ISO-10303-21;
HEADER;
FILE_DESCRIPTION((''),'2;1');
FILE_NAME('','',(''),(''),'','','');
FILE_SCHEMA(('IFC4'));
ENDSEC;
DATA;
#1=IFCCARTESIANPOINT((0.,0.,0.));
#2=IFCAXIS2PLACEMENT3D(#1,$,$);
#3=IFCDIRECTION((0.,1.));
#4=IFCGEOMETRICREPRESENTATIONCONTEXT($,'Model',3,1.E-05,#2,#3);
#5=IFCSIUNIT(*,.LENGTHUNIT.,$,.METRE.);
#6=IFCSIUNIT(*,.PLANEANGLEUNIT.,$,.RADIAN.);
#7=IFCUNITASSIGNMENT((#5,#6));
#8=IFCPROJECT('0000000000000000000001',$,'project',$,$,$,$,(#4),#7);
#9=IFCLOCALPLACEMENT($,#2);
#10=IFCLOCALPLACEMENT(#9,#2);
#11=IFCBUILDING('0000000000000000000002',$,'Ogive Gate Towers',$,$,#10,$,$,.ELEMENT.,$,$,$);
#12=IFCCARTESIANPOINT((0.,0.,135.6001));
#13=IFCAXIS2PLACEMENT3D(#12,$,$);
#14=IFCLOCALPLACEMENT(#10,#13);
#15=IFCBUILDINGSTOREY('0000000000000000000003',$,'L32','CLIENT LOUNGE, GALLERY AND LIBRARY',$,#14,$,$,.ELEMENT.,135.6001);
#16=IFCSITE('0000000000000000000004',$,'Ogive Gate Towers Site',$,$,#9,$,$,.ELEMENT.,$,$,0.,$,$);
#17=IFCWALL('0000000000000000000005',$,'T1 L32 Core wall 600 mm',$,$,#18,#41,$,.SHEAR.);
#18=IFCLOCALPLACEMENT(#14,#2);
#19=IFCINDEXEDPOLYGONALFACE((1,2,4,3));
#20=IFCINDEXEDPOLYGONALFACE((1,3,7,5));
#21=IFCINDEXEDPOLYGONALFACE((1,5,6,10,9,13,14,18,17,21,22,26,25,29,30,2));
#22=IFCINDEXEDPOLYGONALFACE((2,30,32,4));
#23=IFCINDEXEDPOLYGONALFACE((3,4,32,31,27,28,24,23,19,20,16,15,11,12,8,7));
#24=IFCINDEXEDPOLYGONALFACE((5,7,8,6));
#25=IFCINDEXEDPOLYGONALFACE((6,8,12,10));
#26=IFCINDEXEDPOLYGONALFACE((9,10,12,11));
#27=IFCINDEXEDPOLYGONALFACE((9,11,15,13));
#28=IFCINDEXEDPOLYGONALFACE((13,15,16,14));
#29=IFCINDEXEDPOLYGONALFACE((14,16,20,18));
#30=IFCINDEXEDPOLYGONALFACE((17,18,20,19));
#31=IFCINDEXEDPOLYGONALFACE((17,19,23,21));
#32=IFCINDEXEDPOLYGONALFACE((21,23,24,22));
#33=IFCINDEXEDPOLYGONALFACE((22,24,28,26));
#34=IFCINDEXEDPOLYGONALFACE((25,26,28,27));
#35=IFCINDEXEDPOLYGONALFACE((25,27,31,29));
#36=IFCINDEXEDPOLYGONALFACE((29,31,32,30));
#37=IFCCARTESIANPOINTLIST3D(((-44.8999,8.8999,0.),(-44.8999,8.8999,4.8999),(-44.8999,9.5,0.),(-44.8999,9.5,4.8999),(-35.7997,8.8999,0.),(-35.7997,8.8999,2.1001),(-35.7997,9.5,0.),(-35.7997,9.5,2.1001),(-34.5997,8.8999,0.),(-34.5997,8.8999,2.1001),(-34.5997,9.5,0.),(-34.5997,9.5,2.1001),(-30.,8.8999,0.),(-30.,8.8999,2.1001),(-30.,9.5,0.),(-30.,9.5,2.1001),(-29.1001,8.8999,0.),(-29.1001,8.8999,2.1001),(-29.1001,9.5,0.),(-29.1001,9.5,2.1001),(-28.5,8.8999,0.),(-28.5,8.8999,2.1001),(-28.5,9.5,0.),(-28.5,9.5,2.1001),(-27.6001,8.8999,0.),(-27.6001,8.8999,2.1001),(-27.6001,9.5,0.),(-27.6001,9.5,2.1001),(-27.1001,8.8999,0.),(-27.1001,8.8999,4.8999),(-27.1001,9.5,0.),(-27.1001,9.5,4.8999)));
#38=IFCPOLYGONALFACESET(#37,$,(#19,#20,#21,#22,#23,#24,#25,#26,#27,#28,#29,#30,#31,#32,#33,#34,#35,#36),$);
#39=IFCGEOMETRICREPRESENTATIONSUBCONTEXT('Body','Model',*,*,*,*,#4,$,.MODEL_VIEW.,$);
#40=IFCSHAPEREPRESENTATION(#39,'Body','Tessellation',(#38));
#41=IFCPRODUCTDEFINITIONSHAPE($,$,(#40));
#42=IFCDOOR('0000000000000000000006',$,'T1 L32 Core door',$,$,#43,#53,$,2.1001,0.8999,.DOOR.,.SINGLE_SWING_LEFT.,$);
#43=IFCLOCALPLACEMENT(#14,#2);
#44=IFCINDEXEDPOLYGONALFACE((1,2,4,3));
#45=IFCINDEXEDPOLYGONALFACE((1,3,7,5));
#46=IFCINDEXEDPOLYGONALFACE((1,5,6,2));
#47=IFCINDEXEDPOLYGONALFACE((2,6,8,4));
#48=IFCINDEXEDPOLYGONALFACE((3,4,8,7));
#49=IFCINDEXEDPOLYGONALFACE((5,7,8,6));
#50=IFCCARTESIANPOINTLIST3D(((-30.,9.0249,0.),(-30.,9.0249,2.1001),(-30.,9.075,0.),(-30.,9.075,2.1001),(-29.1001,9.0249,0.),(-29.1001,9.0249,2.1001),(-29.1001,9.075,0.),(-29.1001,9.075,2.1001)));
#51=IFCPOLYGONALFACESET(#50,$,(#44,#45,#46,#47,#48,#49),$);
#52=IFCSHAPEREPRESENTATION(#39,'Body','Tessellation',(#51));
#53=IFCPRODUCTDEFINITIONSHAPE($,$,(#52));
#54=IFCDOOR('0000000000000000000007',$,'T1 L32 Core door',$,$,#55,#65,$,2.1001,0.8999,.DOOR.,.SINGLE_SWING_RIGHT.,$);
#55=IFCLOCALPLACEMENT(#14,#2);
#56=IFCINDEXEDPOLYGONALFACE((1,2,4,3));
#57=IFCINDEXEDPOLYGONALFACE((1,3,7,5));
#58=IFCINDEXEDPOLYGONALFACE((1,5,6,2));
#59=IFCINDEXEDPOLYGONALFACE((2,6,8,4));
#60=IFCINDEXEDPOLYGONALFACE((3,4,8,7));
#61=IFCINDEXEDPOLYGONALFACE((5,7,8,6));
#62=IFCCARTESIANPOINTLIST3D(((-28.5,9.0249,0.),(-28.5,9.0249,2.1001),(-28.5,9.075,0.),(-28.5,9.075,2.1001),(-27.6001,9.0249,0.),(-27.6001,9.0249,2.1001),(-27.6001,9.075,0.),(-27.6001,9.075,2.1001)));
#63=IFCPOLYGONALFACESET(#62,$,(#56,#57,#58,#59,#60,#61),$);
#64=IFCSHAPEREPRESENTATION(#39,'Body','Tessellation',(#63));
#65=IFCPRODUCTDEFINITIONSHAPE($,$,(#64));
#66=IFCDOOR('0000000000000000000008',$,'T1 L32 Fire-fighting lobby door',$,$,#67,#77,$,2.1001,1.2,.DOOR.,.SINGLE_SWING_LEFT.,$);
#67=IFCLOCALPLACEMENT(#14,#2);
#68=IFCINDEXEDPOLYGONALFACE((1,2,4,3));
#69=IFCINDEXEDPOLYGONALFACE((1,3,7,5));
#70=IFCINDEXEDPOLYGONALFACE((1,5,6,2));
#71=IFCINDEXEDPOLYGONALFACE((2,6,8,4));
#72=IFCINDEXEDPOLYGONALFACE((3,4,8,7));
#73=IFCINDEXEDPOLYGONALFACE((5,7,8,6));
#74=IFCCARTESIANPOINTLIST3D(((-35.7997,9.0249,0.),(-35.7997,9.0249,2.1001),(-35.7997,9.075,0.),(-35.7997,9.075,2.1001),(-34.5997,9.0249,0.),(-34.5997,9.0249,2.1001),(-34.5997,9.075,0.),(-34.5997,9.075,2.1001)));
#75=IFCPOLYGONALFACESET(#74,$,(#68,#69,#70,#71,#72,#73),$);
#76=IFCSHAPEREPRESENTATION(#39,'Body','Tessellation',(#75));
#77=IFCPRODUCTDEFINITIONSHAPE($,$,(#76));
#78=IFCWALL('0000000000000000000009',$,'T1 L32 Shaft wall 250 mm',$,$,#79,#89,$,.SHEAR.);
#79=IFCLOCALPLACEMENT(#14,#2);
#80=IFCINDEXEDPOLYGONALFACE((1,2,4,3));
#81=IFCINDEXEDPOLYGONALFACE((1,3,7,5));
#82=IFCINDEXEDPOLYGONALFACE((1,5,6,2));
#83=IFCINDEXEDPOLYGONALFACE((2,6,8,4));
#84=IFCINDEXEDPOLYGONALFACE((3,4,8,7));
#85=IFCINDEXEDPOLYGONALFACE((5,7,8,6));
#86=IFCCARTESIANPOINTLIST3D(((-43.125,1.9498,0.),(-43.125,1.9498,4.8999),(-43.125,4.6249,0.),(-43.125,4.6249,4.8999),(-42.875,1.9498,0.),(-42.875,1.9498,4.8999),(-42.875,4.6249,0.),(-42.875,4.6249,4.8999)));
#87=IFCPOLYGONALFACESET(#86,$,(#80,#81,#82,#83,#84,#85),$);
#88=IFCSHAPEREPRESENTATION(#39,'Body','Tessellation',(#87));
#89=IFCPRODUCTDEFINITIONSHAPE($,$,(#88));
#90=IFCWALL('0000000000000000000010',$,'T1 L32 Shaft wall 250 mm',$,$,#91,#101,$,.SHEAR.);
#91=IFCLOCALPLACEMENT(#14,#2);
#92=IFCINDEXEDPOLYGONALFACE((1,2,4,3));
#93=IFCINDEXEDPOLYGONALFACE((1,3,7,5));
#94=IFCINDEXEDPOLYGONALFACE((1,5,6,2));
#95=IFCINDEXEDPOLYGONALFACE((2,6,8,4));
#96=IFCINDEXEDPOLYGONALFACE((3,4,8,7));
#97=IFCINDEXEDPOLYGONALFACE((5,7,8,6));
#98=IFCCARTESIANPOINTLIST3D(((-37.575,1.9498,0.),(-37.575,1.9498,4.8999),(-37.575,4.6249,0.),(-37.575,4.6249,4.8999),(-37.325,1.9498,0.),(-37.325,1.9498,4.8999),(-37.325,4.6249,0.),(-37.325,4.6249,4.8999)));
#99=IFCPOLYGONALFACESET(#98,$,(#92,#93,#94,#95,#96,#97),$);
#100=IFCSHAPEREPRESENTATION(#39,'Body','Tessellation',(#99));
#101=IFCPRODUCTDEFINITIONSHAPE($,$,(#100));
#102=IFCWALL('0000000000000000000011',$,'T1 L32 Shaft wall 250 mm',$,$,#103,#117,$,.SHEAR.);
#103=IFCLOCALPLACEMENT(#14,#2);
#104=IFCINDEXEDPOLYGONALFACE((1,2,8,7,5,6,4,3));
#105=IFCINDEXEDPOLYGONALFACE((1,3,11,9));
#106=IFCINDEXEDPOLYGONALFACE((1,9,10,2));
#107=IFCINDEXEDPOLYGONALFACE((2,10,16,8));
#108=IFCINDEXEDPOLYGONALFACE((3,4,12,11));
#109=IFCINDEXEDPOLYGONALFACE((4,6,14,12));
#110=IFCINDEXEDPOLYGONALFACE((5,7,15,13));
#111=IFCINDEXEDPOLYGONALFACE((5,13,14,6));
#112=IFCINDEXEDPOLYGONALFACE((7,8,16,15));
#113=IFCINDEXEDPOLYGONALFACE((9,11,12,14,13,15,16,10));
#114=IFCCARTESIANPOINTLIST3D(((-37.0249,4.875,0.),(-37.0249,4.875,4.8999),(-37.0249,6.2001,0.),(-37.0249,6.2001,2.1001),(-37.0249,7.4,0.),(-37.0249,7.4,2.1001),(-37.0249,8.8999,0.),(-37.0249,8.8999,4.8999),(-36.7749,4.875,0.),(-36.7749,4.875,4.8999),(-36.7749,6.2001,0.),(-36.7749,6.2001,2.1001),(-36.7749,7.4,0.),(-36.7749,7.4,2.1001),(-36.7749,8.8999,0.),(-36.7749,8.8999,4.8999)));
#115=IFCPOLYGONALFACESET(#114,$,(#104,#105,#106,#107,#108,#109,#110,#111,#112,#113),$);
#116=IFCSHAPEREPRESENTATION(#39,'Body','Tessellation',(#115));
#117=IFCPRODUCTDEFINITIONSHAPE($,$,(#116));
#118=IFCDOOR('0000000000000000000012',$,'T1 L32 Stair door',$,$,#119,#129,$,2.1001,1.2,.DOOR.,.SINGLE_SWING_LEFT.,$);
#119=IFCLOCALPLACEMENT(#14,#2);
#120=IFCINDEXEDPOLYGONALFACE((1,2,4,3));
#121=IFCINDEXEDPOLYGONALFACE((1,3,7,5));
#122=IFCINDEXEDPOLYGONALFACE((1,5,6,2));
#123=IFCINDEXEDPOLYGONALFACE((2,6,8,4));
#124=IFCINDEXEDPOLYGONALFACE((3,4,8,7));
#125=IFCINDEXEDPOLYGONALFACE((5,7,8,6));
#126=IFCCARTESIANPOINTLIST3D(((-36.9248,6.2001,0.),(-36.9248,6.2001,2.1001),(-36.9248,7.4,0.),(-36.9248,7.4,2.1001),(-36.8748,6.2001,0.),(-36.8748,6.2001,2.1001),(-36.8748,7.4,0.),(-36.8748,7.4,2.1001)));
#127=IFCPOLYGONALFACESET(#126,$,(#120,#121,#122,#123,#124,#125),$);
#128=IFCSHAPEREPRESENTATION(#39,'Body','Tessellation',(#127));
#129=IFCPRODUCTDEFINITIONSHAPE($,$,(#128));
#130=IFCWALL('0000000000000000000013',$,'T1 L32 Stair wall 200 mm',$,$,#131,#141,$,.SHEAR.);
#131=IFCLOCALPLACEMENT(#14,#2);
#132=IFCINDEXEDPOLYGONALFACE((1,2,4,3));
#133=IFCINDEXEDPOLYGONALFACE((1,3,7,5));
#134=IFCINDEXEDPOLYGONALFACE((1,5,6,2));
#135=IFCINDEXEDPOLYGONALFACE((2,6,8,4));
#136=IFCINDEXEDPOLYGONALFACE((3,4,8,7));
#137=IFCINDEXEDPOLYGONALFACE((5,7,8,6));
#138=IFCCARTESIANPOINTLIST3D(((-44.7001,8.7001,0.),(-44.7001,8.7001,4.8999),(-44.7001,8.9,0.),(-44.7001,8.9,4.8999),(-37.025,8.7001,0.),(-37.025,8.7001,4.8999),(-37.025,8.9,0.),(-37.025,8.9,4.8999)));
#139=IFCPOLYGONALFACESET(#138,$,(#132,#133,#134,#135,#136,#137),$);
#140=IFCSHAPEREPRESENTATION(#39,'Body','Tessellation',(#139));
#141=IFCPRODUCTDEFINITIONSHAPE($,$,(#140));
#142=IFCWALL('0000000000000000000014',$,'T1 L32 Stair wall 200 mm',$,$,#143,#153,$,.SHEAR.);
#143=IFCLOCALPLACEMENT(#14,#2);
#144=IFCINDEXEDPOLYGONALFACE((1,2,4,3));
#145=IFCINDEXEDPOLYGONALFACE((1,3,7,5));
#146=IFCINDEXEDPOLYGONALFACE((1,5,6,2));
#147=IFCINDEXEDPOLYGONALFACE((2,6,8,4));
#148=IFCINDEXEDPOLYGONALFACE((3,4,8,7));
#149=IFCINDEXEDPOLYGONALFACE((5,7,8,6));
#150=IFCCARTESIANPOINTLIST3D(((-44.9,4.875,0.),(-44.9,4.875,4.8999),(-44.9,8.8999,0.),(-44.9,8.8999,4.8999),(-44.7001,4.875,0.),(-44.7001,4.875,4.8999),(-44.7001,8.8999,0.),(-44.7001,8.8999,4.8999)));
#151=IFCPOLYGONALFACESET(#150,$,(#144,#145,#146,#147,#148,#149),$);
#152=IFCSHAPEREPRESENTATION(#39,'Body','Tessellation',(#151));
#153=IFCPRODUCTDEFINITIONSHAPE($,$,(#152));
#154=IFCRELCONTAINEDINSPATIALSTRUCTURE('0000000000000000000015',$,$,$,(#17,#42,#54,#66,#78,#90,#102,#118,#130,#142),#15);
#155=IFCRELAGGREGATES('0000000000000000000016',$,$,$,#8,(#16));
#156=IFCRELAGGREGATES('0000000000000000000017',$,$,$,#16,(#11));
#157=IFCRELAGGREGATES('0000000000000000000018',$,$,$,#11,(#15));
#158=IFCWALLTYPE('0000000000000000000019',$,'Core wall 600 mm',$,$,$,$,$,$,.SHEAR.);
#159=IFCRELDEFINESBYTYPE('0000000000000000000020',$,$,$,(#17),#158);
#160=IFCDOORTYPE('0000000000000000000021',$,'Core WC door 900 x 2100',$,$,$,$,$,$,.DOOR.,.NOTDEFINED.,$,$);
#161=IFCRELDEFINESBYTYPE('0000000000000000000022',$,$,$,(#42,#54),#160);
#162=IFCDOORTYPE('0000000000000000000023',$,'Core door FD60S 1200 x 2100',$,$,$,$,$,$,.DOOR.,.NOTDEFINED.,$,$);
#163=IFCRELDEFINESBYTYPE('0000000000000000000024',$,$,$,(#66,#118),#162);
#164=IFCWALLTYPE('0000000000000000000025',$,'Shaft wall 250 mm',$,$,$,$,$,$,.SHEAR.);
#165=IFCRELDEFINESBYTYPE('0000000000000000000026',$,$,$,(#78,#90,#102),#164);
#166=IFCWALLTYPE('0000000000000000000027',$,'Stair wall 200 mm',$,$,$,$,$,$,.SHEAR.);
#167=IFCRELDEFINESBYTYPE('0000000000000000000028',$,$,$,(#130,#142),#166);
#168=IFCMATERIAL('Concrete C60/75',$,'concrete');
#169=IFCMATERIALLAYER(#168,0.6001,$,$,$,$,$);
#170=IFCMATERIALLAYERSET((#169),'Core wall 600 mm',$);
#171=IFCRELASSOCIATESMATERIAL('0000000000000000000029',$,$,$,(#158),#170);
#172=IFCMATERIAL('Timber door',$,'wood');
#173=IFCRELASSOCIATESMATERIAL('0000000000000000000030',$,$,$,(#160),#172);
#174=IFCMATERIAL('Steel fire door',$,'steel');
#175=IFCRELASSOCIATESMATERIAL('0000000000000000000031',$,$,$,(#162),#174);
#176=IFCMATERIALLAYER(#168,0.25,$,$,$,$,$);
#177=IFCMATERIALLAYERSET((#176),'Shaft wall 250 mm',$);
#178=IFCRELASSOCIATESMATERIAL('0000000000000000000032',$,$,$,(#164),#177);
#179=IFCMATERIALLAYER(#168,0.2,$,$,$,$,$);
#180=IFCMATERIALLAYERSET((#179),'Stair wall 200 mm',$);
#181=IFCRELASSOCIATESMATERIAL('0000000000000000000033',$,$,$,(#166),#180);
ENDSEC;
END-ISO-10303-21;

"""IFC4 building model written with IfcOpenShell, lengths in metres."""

from ifc_helpers import new_model, si_unit, direction, frame, frame_2d, origin, place, context, subcontext, project, spatial, rectangle, extrude, material, layer, layer_set, type_object, element, fill, save


model = new_model("IFC4")

# Units and contexts
model_context = context("Model", 3, precision=1e-05, world=origin(), true_north=direction((0.0, 1.0)))
body_context = subcontext(model_context, "Body", "Model", "MODEL_VIEW")
ifc_project = project(units=[si_unit("LENGTHUNIT", "METRE"), si_unit("PLANEANGLEUNIT", "RADIAN")], contexts=[model_context])

# Site, building, storey
site_placement = place(None, origin())
site = spatial("IfcSite", under=ifc_project, at=site_placement, Name="Ogive Gate Towers Site", CompositionType="ELEMENT", RefElevation=0.0)
building_placement = place(site_placement, origin())
building = spatial("IfcBuilding", under=site, at=building_placement, Name="Ogive Gate Towers", CompositionType="ELEMENT")
storey_placement = place(building_placement, frame((0.0, 0.0, 135.6001)))
storey = spatial("IfcBuildingStorey", under=building, at=storey_placement, Name="L32", Description="CLIENT LOUNGE, GALLERY AND LIBRARY", CompositionType="ELEMENT", Elevation=135.6001)

# Wall, openings, doors
ifc_material_1 = material(Name="Concrete C60/75", Category="concrete")
ifc_layer_1 = layer(ifc_material_1, 0.6001)
ifc_layer_set_1 = layer_set([ifc_layer_1], Name="Core wall 600 mm")
wall_type_1 = type_object("IfcWallType", Name="Core wall 600 mm", PredefinedType="SHEAR", material=ifc_layer_set_1)
wall_1_placement = place(storey_placement, frame((-44.8999, 9.2, 0.0), z_axis=(0.0, 0.0, 1.0), x_axis=(1.0, 0.0, 0.0)))
wall_1 = element("IfcWall", 1, at=wall_1_placement, inside=storey, type_object=wall_type_1, Name="T1 L32 Core wall 600 mm", PredefinedType="SHEAR", context=body_context, shape_type="SweptSolid", body=[
    extrude(rectangle(XDim=17.7998, YDim=0.6001, at=frame_2d((8.8999, 0.0))), origin(), (0.0, 0.0, 1.0), 4.8999),
])
opening_1_placement = place(wall_1_placement, frame((9.1001, 0.0, 0.0)))
opening_1 = element("IfcOpeningElement", 2, at=opening_1_placement, cuts=wall_1, PredefinedType="OPENING", context=body_context, shape_type="SweptSolid", body=[
    extrude(rectangle(XDim=1.2, YDim=2.1001, at=frame_2d((0.6001, 1.05))), frame((0.0, 0.3101, 0.0), z_axis=(0.0, -1.0, 0.0), x_axis=(1.0, 0.0, 0.0)), (0.0, 0.0, 1.0), 0.6201),
])
opening_2_placement = place(wall_1_placement, frame((14.8999, 0.0, 0.0)))
opening_2 = element("IfcOpeningElement", 3, at=opening_2_placement, cuts=wall_1, PredefinedType="OPENING", context=body_context, shape_type="SweptSolid", body=[
    extrude(rectangle(XDim=0.8999, YDim=2.1001, at=frame_2d((0.45, 1.05))), frame((0.0, 0.3101, 0.0), z_axis=(0.0, -1.0, 0.0), x_axis=(1.0, 0.0, 0.0)), (0.0, 0.0, 1.0), 0.6201),
])
opening_3_placement = place(wall_1_placement, frame((16.3999, 0.0, 0.0)))
opening_3 = element("IfcOpeningElement", 4, at=opening_3_placement, cuts=wall_1, PredefinedType="OPENING", context=body_context, shape_type="SweptSolid", body=[
    extrude(rectangle(XDim=0.8999, YDim=2.1001, at=frame_2d((0.45, 1.05))), frame((0.0, 0.3101, 0.0), z_axis=(0.0, -1.0, 0.0), x_axis=(1.0, 0.0, 0.0)), (0.0, 0.0, 1.0), 0.6201),
])
ifc_material_2 = material(Name="Timber door", Category="wood")
door_type_1 = type_object("IfcDoorType", Name="Core WC door 900 x 2100", OperationType="NOTDEFINED", PredefinedType="DOOR", material=ifc_material_2)
door_1_placement = place(opening_2_placement, origin())
door_1 = element("IfcDoor", 5, at=door_1_placement, inside=storey, type_object=door_type_1, Name="T1 L32 Core door", OperationType="SINGLE_SWING_LEFT", OverallHeight=2.1001, OverallWidth=0.8999, PredefinedType="DOOR", context=body_context, shape_type="SweptSolid", body=[
    extrude(rectangle(XDim=0.8999, YDim=2.1001, at=frame_2d((0.45, 1.05))), frame((0.0, -0.125, 0.0), z_axis=(0.0, -1.0, 0.0), x_axis=(1.0, 0.0, 0.0)), (0.0, 0.0, 1.0), 0.05),
])
fill(opening_2, door_1)
door_2_placement = place(opening_3_placement, origin())
door_2 = element("IfcDoor", 6, at=door_2_placement, inside=storey, type_object=door_type_1, Name="T1 L32 Core door", OperationType="SINGLE_SWING_RIGHT", OverallHeight=2.1001, OverallWidth=0.8999, PredefinedType="DOOR", context=body_context, shape_type="SweptSolid", body=[
    extrude(rectangle(XDim=0.8999, YDim=2.1001, at=frame_2d((0.45, 1.05))), frame((0.0, -0.125, 0.0), z_axis=(0.0, -1.0, 0.0), x_axis=(1.0, 0.0, 0.0)), (0.0, 0.0, 1.0), 0.05),
])
fill(opening_3, door_2)
ifc_material_3 = material(Name="Steel fire door", Category="steel")
door_type_2 = type_object("IfcDoorType", Name="Core door FD60S 1200 x 2100", OperationType="NOTDEFINED", PredefinedType="DOOR", material=ifc_material_3)
door_3_placement = place(opening_1_placement, origin())
door_3 = element("IfcDoor", 7, at=door_3_placement, inside=storey, type_object=door_type_2, Name="T1 L32 Fire-fighting lobby door", OperationType="SINGLE_SWING_LEFT", OverallHeight=2.1001, OverallWidth=1.2, PredefinedType="DOOR", context=body_context, shape_type="SweptSolid", body=[
    extrude(rectangle(XDim=1.2, YDim=2.1001, at=frame_2d((0.6001, 1.05))), frame((0.0, -0.125, 0.0), z_axis=(0.0, -1.0, 0.0), x_axis=(1.0, 0.0, 0.0)), (0.0, 0.0, 1.0), 0.05),
])
fill(opening_1, door_3)

# Walls
ifc_layer_2 = layer(ifc_material_1, 0.25)
ifc_layer_set_2 = layer_set([ifc_layer_2], Name="Shaft wall 250 mm")
wall_type_2 = type_object("IfcWallType", Name="Shaft wall 250 mm", PredefinedType="SHEAR", material=ifc_layer_set_2)
for number, where, z_axis, x_axis, name in (
    (8, (-43.0, 1.95, 0.0), (0.0, 0.0, 1.0), (0.0, 1.0, 0.0), "T1 L32 Shaft wall 250 mm"),
    (9, (-37.45, 1.95, 0.0), (0.0, 0.0, 1.0), (0.0, 1.0, 0.0), "T1 L32 Shaft wall 250 mm"),
):
    element("IfcWall", number, at=place(storey_placement, frame(where, z_axis=z_axis, x_axis=x_axis)), inside=storey, type_object=wall_type_2, Name=name, PredefinedType="SHEAR", context=body_context, shape_type="SweptSolid", body=[
        extrude(rectangle(XDim=2.675, YDim=0.25, at=frame_2d((1.3374, 0.0))), origin(), (0.0, 0.0, 1.0), 4.8999),
    ])

# Wall, opening, door
wall_2_placement = place(storey_placement, frame((-36.8999, 4.875, 0.0), z_axis=(0.0, 0.0, 1.0), x_axis=(0.0, 1.0, 0.0)))
wall_2 = element("IfcWall", 10, at=wall_2_placement, inside=storey, type_object=wall_type_2, Name="T1 L32 Shaft wall 250 mm", PredefinedType="SHEAR", context=body_context, shape_type="SweptSolid", body=[
    extrude(rectangle(XDim=4.0249, YDim=0.25, at=frame_2d((2.0125, 0.0))), origin(), (0.0, 0.0, 1.0), 4.8999),
])
opening_4_placement = place(wall_2_placement, frame((1.325, 0.0, 0.0)))
opening_4 = element("IfcOpeningElement", 11, at=opening_4_placement, cuts=wall_2, PredefinedType="OPENING", context=body_context, shape_type="SweptSolid", body=[
    extrude(rectangle(XDim=1.2, YDim=2.1001, at=frame_2d((0.6001, 1.05))), frame((0.0, 0.135, 0.0), z_axis=(0.0, -1.0, 0.0), x_axis=(1.0, 0.0, 0.0)), (0.0, 0.0, 1.0), 0.27),
])
door_4_placement = place(opening_4_placement, origin())
door_4 = element("IfcDoor", 12, at=door_4_placement, inside=storey, type_object=door_type_2, Name="T1 L32 Stair door", OperationType="SINGLE_SWING_LEFT", OverallHeight=2.1001, OverallWidth=1.2, PredefinedType="DOOR", context=body_context, shape_type="SweptSolid", body=[
    extrude(rectangle(XDim=1.2, YDim=2.1001, at=frame_2d((0.6001, 1.05))), frame((0.0, 0.0249, 0.0), z_axis=(0.0, -1.0, 0.0), x_axis=(1.0, 0.0, 0.0)), (0.0, 0.0, 1.0), 0.05),
])
fill(opening_4, door_4)

# Walls
ifc_layer_3 = layer(ifc_material_1, 0.2)
ifc_layer_set_3 = layer_set([ifc_layer_3], Name="Stair wall 200 mm")
wall_type_3 = type_object("IfcWallType", Name="Stair wall 200 mm", PredefinedType="SHEAR", material=ifc_layer_set_3)
wall_3_placement = place(storey_placement, frame((-44.7, 8.8, 0.0), z_axis=(0.0, 0.0, 1.0), x_axis=(1.0, 0.0, 0.0)))
element("IfcWall", 13, at=wall_3_placement, inside=storey, type_object=wall_type_3, Name="T1 L32 Stair wall 200 mm", PredefinedType="SHEAR", context=body_context, shape_type="SweptSolid", body=[
    extrude(rectangle(XDim=7.675, YDim=0.2, at=frame_2d((3.8374, 0.0))), origin(), (0.0, 0.0, 1.0), 4.8999),
])
wall_4_placement = place(storey_placement, frame((-44.8, 4.875, 0.0), z_axis=(0.0, 0.0, 1.0), x_axis=(0.0, 1.0, 0.0)))
element("IfcWall", 14, at=wall_4_placement, inside=storey, type_object=wall_type_3, Name="T1 L32 Stair wall 200 mm", PredefinedType="SHEAR", context=body_context, shape_type="SweptSolid", body=[
    extrude(rectangle(XDim=4.0249, YDim=0.2, at=frame_2d((2.0125, 0.0))), origin(), (0.0, 0.0, 1.0), 4.8999),
])

save(model, "model.ifc")
